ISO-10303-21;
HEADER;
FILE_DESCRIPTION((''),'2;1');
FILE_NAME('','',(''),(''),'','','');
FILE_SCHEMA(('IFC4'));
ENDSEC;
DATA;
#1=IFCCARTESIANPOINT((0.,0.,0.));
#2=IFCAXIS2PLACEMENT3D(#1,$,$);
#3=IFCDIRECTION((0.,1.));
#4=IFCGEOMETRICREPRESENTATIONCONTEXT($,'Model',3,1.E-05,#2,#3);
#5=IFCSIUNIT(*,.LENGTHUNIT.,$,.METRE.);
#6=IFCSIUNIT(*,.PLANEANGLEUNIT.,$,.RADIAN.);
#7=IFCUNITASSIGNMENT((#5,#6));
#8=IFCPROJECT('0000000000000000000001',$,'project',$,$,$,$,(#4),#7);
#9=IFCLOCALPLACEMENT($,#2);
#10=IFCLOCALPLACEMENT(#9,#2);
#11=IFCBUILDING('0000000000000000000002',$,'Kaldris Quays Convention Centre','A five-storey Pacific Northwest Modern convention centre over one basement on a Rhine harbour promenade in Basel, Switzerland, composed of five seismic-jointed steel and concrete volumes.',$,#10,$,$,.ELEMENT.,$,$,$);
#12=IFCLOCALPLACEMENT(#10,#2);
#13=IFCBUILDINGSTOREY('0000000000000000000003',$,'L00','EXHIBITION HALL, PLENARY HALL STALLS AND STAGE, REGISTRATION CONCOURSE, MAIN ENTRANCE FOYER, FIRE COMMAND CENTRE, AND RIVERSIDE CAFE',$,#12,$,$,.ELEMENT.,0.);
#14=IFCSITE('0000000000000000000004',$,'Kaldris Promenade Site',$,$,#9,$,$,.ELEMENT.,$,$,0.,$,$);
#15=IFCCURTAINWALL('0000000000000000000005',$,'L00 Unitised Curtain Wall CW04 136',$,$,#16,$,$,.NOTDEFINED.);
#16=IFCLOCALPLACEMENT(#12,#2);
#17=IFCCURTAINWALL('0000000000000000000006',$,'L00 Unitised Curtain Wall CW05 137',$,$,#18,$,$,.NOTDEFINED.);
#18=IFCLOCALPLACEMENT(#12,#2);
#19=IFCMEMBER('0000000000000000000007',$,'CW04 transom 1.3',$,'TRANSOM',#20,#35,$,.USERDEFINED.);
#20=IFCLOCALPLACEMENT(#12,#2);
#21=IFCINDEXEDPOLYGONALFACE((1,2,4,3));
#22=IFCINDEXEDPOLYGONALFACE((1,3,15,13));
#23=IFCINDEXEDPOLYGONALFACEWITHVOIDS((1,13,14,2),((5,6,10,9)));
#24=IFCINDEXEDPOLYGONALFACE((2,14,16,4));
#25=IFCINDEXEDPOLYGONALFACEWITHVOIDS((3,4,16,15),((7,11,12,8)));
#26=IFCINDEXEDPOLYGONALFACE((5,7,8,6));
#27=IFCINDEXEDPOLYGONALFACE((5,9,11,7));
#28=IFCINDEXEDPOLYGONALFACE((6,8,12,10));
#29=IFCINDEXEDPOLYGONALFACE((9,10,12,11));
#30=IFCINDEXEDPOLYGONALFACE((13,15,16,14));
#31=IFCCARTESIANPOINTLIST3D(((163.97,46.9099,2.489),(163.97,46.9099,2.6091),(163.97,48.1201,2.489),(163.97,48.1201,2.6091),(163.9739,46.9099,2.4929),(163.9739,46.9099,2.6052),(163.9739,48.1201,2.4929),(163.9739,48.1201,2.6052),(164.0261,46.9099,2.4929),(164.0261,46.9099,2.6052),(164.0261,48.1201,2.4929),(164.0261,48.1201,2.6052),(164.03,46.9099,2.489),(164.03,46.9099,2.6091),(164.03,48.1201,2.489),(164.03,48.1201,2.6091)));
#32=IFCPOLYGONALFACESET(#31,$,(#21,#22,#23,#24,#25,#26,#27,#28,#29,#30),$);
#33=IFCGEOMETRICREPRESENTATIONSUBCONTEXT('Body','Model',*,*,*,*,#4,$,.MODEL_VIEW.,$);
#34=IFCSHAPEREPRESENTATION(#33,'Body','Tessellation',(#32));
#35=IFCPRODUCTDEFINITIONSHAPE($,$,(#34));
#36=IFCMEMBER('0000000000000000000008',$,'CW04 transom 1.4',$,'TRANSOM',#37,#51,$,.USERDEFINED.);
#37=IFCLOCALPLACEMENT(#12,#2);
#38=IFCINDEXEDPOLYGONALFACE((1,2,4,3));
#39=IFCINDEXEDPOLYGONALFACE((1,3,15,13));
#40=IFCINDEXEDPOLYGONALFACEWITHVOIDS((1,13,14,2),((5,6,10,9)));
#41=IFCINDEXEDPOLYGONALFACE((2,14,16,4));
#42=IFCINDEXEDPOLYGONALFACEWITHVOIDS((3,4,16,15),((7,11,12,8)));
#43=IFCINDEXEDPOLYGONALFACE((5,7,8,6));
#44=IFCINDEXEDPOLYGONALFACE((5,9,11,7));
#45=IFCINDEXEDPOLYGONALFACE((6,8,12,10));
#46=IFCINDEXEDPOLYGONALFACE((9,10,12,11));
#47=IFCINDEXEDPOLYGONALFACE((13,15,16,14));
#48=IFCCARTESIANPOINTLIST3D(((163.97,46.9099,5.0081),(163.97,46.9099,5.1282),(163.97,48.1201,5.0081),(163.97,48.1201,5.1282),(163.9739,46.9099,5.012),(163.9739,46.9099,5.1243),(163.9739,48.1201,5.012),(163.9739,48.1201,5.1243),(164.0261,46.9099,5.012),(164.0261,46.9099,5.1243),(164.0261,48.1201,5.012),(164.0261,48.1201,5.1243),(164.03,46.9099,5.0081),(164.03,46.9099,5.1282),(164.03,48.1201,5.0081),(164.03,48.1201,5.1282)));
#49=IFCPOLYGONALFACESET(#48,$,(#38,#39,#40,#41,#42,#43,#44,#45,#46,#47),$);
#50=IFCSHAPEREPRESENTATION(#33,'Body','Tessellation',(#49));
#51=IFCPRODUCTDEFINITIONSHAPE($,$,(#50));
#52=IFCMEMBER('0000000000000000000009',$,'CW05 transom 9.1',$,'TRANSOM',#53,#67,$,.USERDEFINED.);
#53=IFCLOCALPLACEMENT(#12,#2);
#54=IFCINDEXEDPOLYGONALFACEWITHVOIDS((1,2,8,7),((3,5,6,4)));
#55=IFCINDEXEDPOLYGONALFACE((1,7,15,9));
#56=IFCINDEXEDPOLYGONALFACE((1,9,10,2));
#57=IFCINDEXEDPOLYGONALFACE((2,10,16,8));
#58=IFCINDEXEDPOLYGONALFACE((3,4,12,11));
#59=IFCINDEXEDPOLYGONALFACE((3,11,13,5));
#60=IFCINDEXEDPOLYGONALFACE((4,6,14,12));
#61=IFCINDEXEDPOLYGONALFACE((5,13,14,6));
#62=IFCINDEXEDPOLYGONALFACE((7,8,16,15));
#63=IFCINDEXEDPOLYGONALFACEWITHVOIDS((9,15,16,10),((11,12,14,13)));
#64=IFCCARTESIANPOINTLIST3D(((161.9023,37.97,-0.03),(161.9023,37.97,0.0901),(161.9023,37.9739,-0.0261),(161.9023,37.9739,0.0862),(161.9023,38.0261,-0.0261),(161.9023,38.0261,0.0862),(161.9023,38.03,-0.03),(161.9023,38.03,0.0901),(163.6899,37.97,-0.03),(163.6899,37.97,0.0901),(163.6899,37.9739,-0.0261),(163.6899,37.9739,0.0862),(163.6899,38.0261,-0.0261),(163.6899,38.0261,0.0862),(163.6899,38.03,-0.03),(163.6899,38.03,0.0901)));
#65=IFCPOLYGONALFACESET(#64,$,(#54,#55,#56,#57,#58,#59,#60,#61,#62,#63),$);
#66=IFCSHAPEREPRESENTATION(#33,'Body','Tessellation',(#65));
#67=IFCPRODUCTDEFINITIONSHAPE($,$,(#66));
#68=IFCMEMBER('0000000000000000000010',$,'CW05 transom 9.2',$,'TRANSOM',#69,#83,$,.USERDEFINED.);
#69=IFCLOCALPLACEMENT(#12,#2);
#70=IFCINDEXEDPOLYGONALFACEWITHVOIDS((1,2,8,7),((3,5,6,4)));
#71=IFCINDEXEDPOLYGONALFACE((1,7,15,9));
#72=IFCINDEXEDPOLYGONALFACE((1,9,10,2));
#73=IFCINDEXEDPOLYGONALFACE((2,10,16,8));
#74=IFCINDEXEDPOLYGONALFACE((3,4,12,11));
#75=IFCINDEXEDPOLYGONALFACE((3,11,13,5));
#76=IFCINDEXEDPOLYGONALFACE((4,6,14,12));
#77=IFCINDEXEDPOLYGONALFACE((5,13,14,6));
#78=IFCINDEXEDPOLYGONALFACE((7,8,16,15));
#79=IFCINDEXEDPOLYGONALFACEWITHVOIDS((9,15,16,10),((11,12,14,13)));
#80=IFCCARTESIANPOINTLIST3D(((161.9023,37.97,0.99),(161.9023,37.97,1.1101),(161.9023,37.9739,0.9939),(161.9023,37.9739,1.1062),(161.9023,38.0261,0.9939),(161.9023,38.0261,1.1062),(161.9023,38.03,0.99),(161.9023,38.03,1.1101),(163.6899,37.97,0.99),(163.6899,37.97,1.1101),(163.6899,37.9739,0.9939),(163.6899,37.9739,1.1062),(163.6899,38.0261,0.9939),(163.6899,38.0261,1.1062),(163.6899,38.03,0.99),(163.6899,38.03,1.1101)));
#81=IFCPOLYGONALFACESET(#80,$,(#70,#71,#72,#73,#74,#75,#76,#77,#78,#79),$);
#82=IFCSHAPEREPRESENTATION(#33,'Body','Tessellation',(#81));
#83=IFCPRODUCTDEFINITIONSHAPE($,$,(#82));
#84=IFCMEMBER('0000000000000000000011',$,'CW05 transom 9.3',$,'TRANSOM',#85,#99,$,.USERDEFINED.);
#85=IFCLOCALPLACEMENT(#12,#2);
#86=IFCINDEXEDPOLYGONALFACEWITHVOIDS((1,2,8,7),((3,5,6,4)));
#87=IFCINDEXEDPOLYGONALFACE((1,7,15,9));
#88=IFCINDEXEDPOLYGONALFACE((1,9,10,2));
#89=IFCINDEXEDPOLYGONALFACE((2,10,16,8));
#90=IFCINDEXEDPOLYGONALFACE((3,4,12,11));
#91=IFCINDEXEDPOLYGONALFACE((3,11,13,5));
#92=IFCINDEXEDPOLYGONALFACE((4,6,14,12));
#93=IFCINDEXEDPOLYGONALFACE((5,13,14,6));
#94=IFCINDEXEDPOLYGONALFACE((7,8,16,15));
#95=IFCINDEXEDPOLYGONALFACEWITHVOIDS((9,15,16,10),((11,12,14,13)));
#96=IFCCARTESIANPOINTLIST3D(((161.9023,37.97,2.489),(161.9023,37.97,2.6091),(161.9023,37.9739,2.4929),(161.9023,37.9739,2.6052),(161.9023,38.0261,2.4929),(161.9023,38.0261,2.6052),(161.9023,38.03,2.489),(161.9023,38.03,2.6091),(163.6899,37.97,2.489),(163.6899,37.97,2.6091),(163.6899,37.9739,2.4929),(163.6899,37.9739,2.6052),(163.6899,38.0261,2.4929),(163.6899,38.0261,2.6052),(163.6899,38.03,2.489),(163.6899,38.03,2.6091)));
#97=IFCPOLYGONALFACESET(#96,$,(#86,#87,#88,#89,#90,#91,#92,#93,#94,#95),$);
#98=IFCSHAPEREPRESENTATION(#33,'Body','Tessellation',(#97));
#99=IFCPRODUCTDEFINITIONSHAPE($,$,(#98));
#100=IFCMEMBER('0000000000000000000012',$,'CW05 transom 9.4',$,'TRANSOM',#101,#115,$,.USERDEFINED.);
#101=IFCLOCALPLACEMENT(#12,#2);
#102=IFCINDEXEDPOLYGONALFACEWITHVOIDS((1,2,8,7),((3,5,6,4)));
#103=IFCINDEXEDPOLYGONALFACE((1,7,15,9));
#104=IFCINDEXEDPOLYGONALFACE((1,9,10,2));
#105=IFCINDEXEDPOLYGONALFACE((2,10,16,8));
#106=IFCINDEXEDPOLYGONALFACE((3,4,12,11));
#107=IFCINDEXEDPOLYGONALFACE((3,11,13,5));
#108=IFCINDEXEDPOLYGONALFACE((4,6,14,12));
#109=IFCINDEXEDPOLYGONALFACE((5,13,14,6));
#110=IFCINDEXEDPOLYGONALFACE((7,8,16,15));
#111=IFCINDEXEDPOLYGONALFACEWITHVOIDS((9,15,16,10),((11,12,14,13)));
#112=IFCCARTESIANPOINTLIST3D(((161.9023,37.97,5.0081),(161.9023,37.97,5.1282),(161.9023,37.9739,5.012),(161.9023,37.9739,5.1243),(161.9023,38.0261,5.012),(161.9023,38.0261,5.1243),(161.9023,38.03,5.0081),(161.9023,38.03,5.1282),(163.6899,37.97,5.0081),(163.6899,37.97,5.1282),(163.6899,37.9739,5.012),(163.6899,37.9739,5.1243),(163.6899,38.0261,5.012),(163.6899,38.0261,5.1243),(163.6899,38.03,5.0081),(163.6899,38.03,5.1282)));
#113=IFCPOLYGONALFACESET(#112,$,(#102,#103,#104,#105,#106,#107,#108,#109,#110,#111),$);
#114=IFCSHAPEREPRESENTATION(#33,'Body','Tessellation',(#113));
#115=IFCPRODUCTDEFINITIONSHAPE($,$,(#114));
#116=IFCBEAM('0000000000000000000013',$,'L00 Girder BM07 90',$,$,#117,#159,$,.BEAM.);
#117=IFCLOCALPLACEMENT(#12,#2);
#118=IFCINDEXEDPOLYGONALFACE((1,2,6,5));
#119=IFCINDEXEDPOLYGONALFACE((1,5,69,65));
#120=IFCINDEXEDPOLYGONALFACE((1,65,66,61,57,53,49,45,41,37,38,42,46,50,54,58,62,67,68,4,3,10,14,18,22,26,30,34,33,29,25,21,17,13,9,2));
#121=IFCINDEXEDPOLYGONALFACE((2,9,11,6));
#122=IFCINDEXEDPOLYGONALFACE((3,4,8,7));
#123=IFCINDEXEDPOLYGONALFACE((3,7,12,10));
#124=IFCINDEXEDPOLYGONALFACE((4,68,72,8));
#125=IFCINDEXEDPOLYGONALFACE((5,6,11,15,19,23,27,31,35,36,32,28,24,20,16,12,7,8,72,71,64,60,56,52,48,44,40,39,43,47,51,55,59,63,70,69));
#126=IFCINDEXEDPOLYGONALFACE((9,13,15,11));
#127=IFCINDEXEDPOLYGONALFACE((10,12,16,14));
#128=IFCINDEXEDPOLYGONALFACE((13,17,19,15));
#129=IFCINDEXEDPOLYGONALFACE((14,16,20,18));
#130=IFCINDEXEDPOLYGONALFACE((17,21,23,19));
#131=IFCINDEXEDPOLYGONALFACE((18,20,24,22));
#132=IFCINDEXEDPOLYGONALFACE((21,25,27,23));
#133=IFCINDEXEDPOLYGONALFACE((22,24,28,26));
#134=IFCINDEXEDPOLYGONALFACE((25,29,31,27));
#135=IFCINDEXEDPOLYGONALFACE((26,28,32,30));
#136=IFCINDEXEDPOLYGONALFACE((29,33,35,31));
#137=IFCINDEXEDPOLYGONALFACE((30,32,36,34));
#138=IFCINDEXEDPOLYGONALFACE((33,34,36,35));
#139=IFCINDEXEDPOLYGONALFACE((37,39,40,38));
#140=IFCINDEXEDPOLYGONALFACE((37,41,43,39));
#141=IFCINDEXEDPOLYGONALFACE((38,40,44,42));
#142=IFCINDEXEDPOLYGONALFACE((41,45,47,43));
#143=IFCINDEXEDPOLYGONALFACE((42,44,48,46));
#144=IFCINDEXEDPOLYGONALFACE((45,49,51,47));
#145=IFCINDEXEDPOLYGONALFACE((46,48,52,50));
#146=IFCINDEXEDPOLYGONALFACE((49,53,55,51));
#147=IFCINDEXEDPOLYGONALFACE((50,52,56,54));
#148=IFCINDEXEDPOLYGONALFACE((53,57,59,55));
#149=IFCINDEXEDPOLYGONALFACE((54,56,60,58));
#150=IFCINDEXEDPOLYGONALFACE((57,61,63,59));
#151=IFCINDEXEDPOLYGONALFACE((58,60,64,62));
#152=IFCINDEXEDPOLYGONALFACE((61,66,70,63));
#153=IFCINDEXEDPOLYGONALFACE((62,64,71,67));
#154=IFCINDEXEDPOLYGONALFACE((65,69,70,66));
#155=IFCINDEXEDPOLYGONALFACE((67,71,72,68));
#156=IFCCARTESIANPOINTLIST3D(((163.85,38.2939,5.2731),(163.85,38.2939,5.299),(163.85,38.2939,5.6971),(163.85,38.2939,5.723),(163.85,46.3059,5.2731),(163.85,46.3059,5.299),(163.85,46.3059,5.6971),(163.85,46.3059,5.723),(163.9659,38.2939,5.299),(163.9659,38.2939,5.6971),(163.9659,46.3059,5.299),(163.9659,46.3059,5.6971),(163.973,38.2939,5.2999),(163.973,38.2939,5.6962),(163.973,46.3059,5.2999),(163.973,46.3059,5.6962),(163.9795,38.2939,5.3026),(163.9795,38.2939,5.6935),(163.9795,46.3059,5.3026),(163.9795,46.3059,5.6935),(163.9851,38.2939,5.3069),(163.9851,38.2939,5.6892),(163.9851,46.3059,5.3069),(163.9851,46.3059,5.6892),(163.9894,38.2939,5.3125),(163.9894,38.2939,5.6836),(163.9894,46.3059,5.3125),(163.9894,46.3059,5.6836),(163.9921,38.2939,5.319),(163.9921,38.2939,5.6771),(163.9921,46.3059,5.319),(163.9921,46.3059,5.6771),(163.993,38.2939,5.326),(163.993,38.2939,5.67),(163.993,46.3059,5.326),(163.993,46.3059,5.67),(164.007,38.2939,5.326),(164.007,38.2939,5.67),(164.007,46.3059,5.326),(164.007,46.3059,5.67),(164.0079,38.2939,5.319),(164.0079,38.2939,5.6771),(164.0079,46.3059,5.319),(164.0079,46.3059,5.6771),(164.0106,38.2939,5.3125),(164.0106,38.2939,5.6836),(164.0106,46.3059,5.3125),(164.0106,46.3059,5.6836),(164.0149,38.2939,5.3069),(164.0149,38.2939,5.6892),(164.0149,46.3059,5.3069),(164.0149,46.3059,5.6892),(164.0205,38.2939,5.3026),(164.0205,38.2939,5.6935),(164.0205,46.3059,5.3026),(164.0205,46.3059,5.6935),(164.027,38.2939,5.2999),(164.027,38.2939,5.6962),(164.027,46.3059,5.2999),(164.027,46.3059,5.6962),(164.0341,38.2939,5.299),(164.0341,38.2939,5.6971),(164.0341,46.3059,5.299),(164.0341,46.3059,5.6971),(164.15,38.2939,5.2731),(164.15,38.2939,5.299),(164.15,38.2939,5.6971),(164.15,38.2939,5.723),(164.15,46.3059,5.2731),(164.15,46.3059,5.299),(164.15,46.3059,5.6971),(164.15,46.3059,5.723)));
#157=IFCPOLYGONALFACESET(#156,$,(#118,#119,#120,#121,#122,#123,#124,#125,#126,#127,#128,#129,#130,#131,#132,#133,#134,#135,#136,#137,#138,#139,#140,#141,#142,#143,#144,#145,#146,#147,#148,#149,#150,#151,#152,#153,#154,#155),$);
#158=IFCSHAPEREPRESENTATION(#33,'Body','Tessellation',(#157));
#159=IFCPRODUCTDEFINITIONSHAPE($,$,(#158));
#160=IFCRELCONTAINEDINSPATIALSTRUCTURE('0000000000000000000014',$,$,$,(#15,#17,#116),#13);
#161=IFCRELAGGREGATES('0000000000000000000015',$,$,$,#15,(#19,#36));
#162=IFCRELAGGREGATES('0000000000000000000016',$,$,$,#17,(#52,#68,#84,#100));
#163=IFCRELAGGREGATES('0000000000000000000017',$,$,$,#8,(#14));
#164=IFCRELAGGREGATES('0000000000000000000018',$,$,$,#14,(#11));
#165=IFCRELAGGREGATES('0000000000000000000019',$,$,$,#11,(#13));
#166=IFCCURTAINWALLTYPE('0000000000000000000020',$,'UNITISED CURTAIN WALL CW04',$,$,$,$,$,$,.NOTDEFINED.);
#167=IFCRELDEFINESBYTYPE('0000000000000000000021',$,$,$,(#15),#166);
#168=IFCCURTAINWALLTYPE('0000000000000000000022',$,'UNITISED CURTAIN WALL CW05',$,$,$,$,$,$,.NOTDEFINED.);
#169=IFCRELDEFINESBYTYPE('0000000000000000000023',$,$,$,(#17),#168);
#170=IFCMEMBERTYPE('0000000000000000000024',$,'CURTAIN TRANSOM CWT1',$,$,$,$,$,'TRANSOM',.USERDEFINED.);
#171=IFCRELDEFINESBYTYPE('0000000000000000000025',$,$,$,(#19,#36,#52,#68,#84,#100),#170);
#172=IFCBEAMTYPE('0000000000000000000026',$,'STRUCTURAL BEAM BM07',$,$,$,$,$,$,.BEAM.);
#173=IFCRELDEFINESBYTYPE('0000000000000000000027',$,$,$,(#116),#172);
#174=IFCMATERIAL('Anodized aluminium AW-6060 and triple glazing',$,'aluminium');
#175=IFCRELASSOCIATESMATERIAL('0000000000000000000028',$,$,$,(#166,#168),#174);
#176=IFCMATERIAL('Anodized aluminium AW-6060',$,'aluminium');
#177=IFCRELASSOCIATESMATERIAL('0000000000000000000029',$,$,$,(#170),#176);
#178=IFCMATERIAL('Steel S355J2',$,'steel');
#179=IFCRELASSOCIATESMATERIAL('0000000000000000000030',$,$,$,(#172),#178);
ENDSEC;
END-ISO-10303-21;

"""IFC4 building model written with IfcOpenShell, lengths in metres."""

from ifc_helpers import new_model, si_unit, direction, frame, origin, origin_2d, place, context, subcontext, project, spatial, hollow_rectangle, i_section, extrude, material, material_profile, profile_set, type_object, element, aggregate, save


model = new_model("IFC4")

# Units and contexts
model_context = context("Model", 3, precision=1e-05, world=origin(), true_north=direction((0.0, 1.0)))
body_context = subcontext(model_context, "Body", "Model", "MODEL_VIEW")
ifc_project = project(units=[si_unit("LENGTHUNIT", "METRE"), si_unit("PLANEANGLEUNIT", "RADIAN")], contexts=[model_context])

# Site, building, storey
site_placement = place(None, origin())
site = spatial("IfcSite", under=ifc_project, at=site_placement, Name="Kaldris Promenade Site", CompositionType="ELEMENT", RefElevation=0.0)
building_placement = place(site_placement, origin())
building = spatial("IfcBuilding", under=site, at=building_placement, Name="Kaldris Quays Convention Centre", Description="A five-storey Pacific Northwest Modern convention centre over one basement on a Rhine harbour promenade in Basel, Switzerland, composed of five seismic-jointed steel and concrete volumes.", CompositionType="ELEMENT")
storey_placement = place(building_placement, origin())
storey = spatial("IfcBuildingStorey", under=building, at=storey_placement, Name="L00", Description="EXHIBITION HALL, PLENARY HALL STALLS AND STAGE, REGISTRATION CONCOURSE, MAIN ENTRANCE FOYER, FIRE COMMAND CENTRE, AND RIVERSIDE CAFE", CompositionType="ELEMENT", Elevation=0.0)

# Shared definitions
ifc_material_1 = material(Name="Steel S355J2", Category="steel")

# Curtain wall
ifc_material_2 = material(Name="Anodized aluminium AW-6060 and triple glazing", Category="aluminium")
curtain_wall_type_1 = type_object("IfcCurtainWallType", Name="UNITISED CURTAIN WALL CW04", PredefinedType="NOTDEFINED", material=ifc_material_2)
curtain_wall_1_placement = place(storey_placement, origin())
curtain_wall_1 = element("IfcCurtainWall", 1, at=curtain_wall_1_placement, inside=storey, type_object=curtain_wall_type_1, Name="L00 Unitised Curtain Wall CW04 136", PredefinedType="NOTDEFINED")
ifc_material_3 = material(Name="Anodized aluminium AW-6060", Category="aluminium")

# Curtain wall
curtain_wall_type_2 = type_object("IfcCurtainWallType", Name="UNITISED CURTAIN WALL CW05", PredefinedType="NOTDEFINED", material=ifc_material_2)
curtain_wall_2_placement = place(storey_placement, origin())
curtain_wall_2 = element("IfcCurtainWall", 2, at=curtain_wall_2_placement, inside=storey, type_object=curtain_wall_type_2, Name="L00 Unitised Curtain Wall CW05 137", PredefinedType="NOTDEFINED")

# Members
ifc_material_profile_1 = material_profile(ifc_material_3, hollow_rectangle(XDim=0.0601, YDim=0.1201, WallThickness=0.0039, at=origin_2d()), Name="RHS 120x60x4")
ifc_profile_set_1 = profile_set([ifc_material_profile_1], Name="Anodized aluminium AW-6060")
member_type_1 = type_object("IfcMemberType", Name="CURTAIN TRANSOM CWT1", ElementType="TRANSOM", PredefinedType="USERDEFINED", material=ifc_profile_set_1)
member_1_placement = place(storey_placement, frame((164.0, 46.9099, 2.5491), z_axis=(0.0, 1.0, 0.0), x_axis=(-1.0, 0.0, 0.0)))
member_1 = element("IfcMember", 3, at=member_1_placement, type_object=member_type_1, Name="CW04 transom 1.3", ObjectType="TRANSOM", PredefinedType="USERDEFINED", context=body_context, shape_type="SweptSolid", body=[
    extrude(hollow_rectangle(XDim=0.0601, YDim=0.1201, WallThickness=0.0039, at=origin_2d()), origin(), (0.0, 0.0, 1.0), 1.2102),
])
member_2_placement = place(storey_placement, frame((164.0, 46.9099, 5.0681), z_axis=(0.0, 1.0, 0.0), x_axis=(-1.0, 0.0, 0.0)))
member_2 = element("IfcMember", 4, at=member_2_placement, type_object=member_type_1, Name="CW04 transom 1.4", ObjectType="TRANSOM", PredefinedType="USERDEFINED", context=body_context, shape_type="SweptSolid", body=[
    extrude(hollow_rectangle(XDim=0.0601, YDim=0.1201, WallThickness=0.0039, at=origin_2d()), origin(), (0.0, 0.0, 1.0), 1.2102),
])
aggregate(curtain_wall_1, [member_1, member_2])
member_3_placement = place(storey_placement, frame((161.9023, 38.0, 0.03), z_axis=(1.0, 0.0, 0.0), x_axis=(0.0, 1.0, 0.0)))
member_3 = element("IfcMember", 5, at=member_3_placement, type_object=member_type_1, Name="CW05 transom 9.1", ObjectType="TRANSOM", PredefinedType="USERDEFINED", context=body_context, shape_type="SweptSolid", body=[
    extrude(hollow_rectangle(XDim=0.0601, YDim=0.1201, WallThickness=0.0039, at=origin_2d()), origin(), (0.0, 0.0, 1.0), 1.7876),
])
member_4_placement = place(storey_placement, frame((161.9023, 38.0, 1.05), z_axis=(1.0, 0.0, 0.0), x_axis=(0.0, 1.0, 0.0)))
member_4 = element("IfcMember", 6, at=member_4_placement, type_object=member_type_1, Name="CW05 transom 9.2", ObjectType="TRANSOM", PredefinedType="USERDEFINED", context=body_context, shape_type="SweptSolid", body=[
    extrude(hollow_rectangle(XDim=0.0601, YDim=0.1201, WallThickness=0.0039, at=origin_2d()), origin(), (0.0, 0.0, 1.0), 1.7876),
])
member_5_placement = place(storey_placement, frame((161.9023, 38.0, 2.5491), z_axis=(1.0, 0.0, 0.0), x_axis=(0.0, 1.0, 0.0)))
member_5 = element("IfcMember", 7, at=member_5_placement, type_object=member_type_1, Name="CW05 transom 9.3", ObjectType="TRANSOM", PredefinedType="USERDEFINED", context=body_context, shape_type="SweptSolid", body=[
    extrude(hollow_rectangle(XDim=0.0601, YDim=0.1201, WallThickness=0.0039, at=origin_2d()), origin(), (0.0, 0.0, 1.0), 1.7876),
])
member_6_placement = place(storey_placement, frame((161.9023, 38.0, 5.0681), z_axis=(1.0, 0.0, 0.0), x_axis=(0.0, 1.0, 0.0)))
member_6 = element("IfcMember", 8, at=member_6_placement, type_object=member_type_1, Name="CW05 transom 9.4", ObjectType="TRANSOM", PredefinedType="USERDEFINED", context=body_context, shape_type="SweptSolid", body=[
    extrude(hollow_rectangle(XDim=0.0601, YDim=0.1201, WallThickness=0.0039, at=origin_2d()), origin(), (0.0, 0.0, 1.0), 1.7876),
])

# Beam
ifc_material_profile_2 = material_profile(ifc_material_1, i_section(OverallWidth=0.3, OverallDepth=0.45, WebThickness=0.0139, FlangeThickness=0.0259, FilletRadius=0.0271, at=origin_2d()), Name="HEB 450")
ifc_profile_set_2 = profile_set([ifc_material_profile_2], Name="Steel S355J2")
beam_type_1 = type_object("IfcBeamType", Name="STRUCTURAL BEAM BM07", PredefinedType="BEAM", material=ifc_profile_set_2)
beam_1_placement = place(storey_placement, frame((164.0, 38.2939, 5.498), z_axis=(0.0, 1.0, 0.0), x_axis=(-1.0, 0.0, 0.0)))
element("IfcBeam", 9, at=beam_1_placement, inside=storey, type_object=beam_type_1, Name="L00 Girder BM07 90", PredefinedType="BEAM", context=body_context, shape_type="SweptSolid", body=[
    extrude(i_section(OverallWidth=0.3, OverallDepth=0.45, WebThickness=0.0139, FlangeThickness=0.0259, FilletRadius=0.0271, at=origin_2d()), origin(), (0.0, 0.0, 1.0), 8.012),
])

aggregate(curtain_wall_2, [member_3, member_4, member_5, member_6])

save(model, "model.ifc")
